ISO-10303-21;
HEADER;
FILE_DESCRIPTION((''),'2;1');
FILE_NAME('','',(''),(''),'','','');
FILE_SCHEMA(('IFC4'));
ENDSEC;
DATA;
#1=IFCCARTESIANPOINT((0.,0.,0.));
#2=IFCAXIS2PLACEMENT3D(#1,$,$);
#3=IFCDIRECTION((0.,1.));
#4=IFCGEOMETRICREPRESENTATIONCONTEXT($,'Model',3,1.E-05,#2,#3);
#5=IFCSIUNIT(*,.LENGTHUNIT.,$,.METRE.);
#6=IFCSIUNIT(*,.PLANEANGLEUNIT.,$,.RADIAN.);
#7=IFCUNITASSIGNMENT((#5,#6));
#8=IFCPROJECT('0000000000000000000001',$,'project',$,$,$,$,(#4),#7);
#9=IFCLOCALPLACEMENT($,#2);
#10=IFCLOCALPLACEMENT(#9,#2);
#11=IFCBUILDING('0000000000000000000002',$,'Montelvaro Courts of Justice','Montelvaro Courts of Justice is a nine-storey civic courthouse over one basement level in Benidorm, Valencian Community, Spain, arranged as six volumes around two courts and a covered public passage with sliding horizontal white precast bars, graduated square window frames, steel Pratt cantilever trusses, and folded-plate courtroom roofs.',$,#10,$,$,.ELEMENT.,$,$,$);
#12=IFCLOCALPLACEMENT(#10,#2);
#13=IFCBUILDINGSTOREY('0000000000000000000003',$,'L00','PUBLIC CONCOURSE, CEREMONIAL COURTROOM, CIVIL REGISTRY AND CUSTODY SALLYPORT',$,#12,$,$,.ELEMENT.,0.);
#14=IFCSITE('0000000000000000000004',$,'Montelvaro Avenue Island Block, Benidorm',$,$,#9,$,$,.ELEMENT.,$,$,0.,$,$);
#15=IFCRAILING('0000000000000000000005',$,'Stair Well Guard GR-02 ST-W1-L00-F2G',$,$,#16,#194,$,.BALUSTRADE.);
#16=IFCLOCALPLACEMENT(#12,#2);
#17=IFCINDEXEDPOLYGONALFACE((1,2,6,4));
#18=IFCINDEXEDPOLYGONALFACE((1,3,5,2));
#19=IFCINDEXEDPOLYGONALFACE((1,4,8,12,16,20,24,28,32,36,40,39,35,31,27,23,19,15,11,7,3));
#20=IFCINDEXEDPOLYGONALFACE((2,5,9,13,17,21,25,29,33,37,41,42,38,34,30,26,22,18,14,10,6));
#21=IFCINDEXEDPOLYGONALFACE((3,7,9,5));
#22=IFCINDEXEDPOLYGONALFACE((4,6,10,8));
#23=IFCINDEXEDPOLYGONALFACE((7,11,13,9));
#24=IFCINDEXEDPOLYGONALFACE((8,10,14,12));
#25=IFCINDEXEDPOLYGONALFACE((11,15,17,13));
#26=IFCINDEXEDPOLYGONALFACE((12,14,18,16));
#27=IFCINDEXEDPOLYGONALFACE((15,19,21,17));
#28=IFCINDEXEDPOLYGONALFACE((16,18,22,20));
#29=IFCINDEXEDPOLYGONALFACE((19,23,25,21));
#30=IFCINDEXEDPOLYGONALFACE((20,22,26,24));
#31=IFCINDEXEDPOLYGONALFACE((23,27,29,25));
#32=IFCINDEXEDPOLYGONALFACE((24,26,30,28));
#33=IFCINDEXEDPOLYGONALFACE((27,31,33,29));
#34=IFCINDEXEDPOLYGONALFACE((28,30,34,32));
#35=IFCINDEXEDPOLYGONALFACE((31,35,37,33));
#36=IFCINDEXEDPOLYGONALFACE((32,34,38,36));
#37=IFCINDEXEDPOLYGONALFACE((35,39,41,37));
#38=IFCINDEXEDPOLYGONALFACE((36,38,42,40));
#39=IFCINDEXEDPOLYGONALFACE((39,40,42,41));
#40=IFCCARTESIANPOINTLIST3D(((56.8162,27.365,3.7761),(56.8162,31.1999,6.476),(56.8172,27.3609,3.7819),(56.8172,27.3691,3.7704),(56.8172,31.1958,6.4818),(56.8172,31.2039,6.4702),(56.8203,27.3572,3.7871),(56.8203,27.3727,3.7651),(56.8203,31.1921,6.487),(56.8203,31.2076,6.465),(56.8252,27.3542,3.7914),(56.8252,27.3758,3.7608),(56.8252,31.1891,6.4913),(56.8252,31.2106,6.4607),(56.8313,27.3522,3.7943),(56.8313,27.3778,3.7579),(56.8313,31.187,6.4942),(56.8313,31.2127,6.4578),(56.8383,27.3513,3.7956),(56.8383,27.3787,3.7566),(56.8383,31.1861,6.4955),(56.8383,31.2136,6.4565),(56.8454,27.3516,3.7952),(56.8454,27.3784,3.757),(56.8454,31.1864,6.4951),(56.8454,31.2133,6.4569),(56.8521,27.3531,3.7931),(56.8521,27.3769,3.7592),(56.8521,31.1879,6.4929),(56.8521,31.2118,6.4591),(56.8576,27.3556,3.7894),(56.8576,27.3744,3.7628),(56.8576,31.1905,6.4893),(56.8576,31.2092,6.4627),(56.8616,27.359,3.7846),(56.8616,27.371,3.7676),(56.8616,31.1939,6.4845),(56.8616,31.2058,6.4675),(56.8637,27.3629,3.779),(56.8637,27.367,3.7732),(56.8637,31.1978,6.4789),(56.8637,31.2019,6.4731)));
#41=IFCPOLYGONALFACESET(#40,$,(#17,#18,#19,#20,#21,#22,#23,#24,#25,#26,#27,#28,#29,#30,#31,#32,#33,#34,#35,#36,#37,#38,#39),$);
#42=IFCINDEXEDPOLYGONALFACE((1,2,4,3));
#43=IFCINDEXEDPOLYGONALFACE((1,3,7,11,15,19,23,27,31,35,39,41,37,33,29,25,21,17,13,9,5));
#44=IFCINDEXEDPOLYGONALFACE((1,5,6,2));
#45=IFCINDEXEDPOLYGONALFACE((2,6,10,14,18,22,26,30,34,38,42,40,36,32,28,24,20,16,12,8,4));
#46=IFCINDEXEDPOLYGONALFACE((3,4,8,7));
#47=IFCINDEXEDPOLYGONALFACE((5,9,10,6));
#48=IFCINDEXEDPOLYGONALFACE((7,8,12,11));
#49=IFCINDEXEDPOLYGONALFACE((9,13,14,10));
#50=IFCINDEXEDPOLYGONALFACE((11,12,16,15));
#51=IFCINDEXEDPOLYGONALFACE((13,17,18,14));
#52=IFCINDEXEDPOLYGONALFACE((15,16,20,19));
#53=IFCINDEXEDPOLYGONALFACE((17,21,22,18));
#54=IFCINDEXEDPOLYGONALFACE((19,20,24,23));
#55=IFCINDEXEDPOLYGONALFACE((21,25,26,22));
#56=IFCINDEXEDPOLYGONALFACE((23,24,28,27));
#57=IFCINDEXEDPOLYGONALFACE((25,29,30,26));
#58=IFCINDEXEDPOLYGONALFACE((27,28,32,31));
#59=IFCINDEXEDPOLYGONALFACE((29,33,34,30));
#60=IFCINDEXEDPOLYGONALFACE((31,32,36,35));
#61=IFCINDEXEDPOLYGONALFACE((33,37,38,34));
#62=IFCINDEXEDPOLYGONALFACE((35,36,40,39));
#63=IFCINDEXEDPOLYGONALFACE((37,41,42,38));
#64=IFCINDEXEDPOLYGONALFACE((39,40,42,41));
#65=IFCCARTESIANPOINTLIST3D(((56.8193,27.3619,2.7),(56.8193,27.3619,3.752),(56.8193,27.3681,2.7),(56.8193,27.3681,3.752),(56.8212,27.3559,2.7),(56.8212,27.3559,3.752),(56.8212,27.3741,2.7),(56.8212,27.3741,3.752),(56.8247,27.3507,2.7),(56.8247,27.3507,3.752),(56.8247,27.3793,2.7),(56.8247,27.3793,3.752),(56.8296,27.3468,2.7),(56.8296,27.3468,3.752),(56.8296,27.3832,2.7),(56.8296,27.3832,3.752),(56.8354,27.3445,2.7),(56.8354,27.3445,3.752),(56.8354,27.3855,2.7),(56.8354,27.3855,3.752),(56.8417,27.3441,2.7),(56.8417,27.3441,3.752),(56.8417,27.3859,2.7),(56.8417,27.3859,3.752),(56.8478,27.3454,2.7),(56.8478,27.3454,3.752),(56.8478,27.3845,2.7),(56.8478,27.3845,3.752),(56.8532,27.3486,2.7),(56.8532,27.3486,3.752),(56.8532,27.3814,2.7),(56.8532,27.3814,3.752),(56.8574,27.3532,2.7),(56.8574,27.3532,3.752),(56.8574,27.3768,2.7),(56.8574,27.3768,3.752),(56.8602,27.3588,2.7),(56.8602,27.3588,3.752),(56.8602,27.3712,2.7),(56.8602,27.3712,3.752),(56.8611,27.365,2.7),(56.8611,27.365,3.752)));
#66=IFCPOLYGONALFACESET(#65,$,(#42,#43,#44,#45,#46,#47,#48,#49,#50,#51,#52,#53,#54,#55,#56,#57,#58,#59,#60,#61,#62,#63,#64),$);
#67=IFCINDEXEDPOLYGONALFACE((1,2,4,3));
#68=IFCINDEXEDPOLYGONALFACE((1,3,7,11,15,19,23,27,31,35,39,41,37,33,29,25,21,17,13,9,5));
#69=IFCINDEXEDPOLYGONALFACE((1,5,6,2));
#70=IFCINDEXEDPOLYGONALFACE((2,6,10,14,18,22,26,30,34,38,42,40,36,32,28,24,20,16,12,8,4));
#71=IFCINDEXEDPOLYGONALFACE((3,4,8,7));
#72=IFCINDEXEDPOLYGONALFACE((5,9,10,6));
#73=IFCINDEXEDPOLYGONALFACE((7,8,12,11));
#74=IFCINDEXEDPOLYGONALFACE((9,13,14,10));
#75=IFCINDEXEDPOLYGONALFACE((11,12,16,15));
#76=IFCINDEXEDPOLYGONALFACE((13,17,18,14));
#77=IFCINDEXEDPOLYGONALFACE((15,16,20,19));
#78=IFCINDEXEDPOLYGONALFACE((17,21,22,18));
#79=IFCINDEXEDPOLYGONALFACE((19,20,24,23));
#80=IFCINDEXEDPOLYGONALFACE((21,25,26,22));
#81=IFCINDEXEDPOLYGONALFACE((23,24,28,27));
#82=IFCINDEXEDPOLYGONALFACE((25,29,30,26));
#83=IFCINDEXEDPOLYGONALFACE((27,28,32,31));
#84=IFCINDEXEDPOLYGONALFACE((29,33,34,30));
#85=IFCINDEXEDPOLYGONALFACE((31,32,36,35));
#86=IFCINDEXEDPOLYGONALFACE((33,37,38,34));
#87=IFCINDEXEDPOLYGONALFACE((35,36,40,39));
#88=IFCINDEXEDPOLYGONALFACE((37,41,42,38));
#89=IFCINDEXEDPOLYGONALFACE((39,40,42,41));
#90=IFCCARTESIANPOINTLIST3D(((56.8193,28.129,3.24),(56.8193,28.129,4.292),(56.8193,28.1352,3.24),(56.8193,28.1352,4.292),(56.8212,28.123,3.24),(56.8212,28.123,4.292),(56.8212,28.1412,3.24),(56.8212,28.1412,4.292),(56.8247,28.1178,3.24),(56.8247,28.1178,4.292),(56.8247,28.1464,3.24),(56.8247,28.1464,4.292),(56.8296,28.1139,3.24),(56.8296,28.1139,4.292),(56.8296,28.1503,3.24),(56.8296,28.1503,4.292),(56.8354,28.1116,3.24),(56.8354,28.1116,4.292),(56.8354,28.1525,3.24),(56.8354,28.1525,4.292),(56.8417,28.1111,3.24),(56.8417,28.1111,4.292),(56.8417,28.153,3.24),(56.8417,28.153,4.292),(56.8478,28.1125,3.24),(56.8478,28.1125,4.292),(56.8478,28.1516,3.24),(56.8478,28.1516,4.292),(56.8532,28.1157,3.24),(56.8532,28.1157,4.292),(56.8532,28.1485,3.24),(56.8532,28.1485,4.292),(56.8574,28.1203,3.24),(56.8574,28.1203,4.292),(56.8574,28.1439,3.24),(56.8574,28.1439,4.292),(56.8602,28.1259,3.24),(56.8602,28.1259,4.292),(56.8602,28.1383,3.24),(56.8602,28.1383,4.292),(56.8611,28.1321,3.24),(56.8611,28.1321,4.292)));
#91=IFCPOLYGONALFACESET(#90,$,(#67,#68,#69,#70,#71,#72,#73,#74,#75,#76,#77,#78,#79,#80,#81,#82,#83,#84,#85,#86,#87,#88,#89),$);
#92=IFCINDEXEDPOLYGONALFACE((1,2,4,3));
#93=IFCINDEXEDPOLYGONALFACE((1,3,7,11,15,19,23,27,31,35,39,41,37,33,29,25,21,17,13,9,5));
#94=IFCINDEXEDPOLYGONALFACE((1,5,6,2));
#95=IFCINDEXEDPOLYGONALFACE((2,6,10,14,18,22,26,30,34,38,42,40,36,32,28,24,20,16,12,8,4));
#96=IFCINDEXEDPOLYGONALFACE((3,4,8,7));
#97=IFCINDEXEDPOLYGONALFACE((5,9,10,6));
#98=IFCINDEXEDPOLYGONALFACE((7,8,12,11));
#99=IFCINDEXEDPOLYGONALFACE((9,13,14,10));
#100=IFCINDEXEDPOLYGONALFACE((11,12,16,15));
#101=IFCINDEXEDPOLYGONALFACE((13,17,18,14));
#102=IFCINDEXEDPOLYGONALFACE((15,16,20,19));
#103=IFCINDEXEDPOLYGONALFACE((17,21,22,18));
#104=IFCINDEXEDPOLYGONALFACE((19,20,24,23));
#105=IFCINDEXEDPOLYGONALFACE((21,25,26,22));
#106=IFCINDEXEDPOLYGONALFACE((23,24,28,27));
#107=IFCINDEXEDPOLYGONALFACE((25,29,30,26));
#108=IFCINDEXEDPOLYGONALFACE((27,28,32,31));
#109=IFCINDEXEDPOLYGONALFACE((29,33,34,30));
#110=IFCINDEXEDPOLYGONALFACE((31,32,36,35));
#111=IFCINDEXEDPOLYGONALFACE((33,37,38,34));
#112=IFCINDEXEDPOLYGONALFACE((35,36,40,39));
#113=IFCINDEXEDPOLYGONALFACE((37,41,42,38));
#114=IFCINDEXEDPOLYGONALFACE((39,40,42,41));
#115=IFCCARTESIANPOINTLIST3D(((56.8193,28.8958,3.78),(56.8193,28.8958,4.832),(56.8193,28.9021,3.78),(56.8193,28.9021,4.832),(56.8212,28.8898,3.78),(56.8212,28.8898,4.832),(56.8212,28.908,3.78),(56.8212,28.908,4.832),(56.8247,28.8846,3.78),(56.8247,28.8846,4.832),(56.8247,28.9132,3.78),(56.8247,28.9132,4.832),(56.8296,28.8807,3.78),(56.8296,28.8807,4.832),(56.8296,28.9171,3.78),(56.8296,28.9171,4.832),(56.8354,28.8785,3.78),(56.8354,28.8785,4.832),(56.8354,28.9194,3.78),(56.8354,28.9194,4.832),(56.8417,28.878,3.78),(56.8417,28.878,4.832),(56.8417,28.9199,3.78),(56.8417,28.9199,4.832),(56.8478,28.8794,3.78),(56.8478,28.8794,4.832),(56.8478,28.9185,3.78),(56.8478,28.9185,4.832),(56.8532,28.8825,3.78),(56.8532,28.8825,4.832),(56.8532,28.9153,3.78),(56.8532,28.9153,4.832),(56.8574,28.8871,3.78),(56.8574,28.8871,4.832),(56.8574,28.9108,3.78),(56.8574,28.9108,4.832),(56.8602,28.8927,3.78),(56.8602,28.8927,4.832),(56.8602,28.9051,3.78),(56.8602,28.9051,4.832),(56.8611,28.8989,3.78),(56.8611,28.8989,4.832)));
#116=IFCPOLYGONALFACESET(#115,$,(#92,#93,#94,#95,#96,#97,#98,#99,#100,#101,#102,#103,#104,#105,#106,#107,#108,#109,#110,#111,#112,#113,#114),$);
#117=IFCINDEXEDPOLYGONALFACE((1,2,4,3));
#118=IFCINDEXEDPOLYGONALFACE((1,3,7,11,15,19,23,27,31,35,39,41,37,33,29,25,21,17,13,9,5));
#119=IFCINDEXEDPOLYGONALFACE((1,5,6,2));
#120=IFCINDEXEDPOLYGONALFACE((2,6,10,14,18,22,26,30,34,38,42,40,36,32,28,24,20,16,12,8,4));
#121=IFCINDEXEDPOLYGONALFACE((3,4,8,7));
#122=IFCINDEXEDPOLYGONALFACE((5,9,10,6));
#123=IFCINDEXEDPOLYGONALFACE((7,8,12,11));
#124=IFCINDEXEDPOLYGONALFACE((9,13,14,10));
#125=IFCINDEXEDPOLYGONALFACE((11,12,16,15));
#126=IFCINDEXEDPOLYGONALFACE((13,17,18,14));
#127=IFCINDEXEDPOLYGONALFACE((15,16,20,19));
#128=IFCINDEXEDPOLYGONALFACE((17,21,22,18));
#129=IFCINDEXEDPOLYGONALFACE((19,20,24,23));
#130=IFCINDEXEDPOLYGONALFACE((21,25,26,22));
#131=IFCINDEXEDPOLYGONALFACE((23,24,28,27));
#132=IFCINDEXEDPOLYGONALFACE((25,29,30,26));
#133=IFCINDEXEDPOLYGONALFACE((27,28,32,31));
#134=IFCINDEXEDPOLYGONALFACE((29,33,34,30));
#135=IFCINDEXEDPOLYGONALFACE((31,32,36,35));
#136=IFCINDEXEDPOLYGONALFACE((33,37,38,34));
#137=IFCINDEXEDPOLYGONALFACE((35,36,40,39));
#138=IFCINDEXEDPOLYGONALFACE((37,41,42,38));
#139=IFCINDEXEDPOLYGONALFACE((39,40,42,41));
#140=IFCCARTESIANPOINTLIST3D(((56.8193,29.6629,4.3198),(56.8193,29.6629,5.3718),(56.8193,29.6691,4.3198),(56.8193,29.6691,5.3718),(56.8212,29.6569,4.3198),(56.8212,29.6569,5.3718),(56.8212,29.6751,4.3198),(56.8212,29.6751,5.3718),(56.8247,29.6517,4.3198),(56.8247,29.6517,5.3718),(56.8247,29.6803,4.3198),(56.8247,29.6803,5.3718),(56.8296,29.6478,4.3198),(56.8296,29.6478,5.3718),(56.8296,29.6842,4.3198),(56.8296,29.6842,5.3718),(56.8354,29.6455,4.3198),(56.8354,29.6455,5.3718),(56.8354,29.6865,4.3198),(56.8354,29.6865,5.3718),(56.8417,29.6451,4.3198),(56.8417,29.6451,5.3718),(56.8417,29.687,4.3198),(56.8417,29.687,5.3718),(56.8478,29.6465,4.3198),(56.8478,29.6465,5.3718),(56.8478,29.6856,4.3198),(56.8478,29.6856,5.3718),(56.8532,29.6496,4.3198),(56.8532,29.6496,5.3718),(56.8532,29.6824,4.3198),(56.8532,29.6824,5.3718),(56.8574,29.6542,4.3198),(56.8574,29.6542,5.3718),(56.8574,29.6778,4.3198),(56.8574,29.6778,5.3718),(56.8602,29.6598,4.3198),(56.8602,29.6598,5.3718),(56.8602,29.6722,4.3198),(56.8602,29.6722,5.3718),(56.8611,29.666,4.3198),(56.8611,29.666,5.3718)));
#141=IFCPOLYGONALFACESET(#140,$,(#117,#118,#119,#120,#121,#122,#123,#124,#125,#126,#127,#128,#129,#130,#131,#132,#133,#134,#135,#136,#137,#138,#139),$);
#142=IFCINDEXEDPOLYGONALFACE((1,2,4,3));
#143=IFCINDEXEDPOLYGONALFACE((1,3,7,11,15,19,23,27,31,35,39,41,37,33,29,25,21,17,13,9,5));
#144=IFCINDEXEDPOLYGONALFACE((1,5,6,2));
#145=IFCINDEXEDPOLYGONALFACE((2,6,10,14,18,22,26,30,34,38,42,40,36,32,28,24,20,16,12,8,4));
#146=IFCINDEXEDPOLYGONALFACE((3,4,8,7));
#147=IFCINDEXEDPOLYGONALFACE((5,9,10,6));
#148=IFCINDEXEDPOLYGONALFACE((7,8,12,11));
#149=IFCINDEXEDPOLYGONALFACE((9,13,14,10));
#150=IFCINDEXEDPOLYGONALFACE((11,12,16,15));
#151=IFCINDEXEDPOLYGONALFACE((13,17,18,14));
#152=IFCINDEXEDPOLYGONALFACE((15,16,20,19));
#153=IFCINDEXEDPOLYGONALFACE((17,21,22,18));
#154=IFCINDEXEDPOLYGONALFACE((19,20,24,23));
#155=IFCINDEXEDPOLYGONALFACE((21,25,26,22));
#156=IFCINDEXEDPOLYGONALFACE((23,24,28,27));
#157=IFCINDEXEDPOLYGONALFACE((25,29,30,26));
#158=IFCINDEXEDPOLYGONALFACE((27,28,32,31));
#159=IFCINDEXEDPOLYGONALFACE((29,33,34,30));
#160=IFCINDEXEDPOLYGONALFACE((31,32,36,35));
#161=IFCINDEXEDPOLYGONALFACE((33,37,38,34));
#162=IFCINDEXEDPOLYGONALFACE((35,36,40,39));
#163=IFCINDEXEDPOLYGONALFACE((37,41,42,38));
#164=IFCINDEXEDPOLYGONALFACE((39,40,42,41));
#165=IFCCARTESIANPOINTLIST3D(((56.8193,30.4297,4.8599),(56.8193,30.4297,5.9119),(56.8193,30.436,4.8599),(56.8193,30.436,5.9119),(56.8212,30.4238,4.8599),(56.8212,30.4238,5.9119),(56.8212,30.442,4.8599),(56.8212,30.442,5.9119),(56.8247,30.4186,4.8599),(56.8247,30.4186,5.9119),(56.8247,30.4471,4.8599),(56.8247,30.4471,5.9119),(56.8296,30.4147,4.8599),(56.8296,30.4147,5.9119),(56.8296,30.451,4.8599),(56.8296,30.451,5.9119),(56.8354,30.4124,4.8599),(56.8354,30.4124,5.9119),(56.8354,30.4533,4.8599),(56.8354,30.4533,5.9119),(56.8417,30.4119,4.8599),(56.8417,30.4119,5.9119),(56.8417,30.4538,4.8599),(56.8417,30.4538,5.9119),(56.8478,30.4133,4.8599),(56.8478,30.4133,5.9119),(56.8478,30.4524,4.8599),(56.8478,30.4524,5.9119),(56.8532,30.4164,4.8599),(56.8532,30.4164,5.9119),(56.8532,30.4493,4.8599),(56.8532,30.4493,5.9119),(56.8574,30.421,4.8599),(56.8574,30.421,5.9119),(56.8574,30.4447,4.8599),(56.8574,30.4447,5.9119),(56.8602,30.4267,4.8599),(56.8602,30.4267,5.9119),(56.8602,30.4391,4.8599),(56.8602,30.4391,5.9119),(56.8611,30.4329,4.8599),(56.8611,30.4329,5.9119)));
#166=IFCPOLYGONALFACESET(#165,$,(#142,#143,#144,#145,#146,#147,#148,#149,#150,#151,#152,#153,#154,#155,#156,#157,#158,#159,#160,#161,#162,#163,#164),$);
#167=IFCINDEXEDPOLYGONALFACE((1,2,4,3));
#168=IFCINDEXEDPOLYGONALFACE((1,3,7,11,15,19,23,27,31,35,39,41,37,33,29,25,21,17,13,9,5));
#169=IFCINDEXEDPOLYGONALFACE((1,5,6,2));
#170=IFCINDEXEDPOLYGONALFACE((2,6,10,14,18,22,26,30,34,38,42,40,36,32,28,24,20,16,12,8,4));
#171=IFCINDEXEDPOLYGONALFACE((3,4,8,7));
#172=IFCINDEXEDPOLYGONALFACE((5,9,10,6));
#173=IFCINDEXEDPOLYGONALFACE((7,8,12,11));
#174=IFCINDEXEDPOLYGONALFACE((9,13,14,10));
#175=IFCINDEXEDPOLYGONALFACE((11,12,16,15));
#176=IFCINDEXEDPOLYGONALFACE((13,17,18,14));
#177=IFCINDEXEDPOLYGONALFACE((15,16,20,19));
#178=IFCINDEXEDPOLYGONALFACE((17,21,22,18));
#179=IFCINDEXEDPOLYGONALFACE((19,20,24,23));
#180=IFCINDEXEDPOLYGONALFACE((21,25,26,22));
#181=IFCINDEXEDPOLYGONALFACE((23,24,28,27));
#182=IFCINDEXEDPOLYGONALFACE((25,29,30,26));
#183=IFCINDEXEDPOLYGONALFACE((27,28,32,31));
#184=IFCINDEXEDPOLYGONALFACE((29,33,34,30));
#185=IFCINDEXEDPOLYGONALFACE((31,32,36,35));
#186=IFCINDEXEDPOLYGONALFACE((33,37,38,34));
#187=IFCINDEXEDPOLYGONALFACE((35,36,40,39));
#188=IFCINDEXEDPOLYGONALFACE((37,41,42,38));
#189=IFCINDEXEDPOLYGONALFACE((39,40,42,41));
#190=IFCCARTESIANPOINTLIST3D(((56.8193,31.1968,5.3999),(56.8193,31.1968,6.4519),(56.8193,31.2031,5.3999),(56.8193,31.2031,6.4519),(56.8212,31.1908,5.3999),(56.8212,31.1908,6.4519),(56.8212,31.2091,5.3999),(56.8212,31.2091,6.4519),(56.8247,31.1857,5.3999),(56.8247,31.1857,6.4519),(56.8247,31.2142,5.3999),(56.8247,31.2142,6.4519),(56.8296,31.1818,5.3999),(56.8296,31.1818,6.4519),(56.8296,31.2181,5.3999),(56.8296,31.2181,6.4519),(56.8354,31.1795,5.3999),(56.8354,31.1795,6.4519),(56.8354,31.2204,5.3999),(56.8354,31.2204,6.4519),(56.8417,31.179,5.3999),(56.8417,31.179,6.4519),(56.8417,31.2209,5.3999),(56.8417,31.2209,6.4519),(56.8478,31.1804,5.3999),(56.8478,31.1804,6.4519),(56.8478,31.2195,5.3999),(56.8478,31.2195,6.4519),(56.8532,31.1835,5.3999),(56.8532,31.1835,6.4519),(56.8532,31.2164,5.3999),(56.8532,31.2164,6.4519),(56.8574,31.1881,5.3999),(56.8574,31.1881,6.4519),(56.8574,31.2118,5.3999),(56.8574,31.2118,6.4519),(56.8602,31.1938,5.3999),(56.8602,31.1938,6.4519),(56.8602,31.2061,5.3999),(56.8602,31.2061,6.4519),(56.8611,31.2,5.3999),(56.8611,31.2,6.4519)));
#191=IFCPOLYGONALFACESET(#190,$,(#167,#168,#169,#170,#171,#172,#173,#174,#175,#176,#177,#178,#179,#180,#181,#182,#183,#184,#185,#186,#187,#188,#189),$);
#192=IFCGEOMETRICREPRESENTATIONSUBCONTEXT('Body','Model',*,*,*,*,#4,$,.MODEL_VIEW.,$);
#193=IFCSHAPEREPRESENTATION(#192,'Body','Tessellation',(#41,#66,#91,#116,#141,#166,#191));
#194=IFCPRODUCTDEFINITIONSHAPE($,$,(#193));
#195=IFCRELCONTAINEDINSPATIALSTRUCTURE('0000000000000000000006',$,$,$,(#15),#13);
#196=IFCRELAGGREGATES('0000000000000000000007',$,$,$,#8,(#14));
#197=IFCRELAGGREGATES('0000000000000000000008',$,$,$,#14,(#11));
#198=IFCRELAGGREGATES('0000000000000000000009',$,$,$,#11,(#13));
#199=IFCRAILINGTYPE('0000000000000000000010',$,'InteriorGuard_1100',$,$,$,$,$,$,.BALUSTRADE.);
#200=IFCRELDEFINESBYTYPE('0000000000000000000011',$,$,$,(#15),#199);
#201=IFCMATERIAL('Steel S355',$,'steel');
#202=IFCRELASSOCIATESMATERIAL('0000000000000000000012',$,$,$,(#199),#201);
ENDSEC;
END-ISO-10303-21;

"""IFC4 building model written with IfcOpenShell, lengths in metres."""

from ifc_helpers import new_model, si_unit, direction, frame, origin, origin_2d, place, context, subcontext, project, spatial, circle, extrude, material, type_object, element, save


model = new_model("IFC4")

# Units and contexts
model_context = context("Model", 3, precision=1e-05, world=origin(), true_north=direction((0.0, 1.0)))
body_context = subcontext(model_context, "Body", "Model", "MODEL_VIEW")
ifc_project = project(units=[si_unit("LENGTHUNIT", "METRE"), si_unit("PLANEANGLEUNIT", "RADIAN")], contexts=[model_context])

# Site, building, storey
site_placement = place(None, origin())
site = spatial("IfcSite", under=ifc_project, at=site_placement, Name="Montelvaro Avenue Island Block, Benidorm", CompositionType="ELEMENT", RefElevation=0.0)
building_placement = place(site_placement, origin())
building = spatial("IfcBuilding", under=site, at=building_placement, Name="Montelvaro Courts of Justice", Description="Montelvaro Courts of Justice is a nine-storey civic courthouse over one basement level in Benidorm, Valencian Community, Spain, arranged as six volumes around two courts and a covered public passage with sliding horizontal white precast bars, graduated square window frames, steel Pratt cantilever trusses, and folded-plate courtroom roofs.", CompositionType="ELEMENT")
storey_placement = place(building_placement, origin())
storey = spatial("IfcBuildingStorey", under=building, at=storey_placement, Name="L00", Description="PUBLIC CONCOURSE, CEREMONIAL COURTROOM, CIVIL REGISTRY AND CUSTODY SALLYPORT", CompositionType="ELEMENT", Elevation=0.0)

# Shared definitions
ifc_material_1 = material(Name="Steel S355", Category="steel")

# Railing
railing_type_1 = type_object("IfcRailingType", Name="InteriorGuard_1100", PredefinedType="BALUSTRADE", material=ifc_material_1)
railing_1_placement = place(storey_placement, frame((56.8401, 27.365, 2.7)))
element("IfcRailing", 1, at=railing_1_placement, inside=storey, type_object=railing_type_1, Name="Stair Well Guard GR-02 ST-W1-L00-F2G", PredefinedType="BALUSTRADE", context=body_context, shape_type="SweptSolid", body=[
    extrude(circle(Radius=0.0239, at=origin_2d()), frame((0.0, 0.0, 1.0762), z_axis=(0.0, 0.817678, 0.575675), x_axis=(-1.0, 0.0, 0.0)), (0.0, 0.0, 1.0), 4.6899),
    extrude(circle(Radius=0.021, at=origin_2d()), origin(), (0.0, 0.0, 1.0), 1.052),
    extrude(circle(Radius=0.021, at=origin_2d()), frame((0.0, 0.7671, 0.54)), (0.0, 0.0, 1.0), 1.052),
    extrude(circle(Radius=0.021, at=origin_2d()), frame((0.0, 1.5339, 1.0801)), (0.0, 0.0, 1.0), 1.052),
    extrude(circle(Radius=0.021, at=origin_2d()), frame((0.0, 2.301, 1.6199)), (0.0, 0.0, 1.0), 1.052),
    extrude(circle(Radius=0.021, at=origin_2d()), frame((0.0, 3.0679, 2.1599)), (0.0, 0.0, 1.0), 1.052),
    extrude(circle(Radius=0.021, at=origin_2d()), frame((0.0, 3.835, 2.7)), (0.0, 0.0, 1.0), 1.052),
])

save(model, "model.ifc")
